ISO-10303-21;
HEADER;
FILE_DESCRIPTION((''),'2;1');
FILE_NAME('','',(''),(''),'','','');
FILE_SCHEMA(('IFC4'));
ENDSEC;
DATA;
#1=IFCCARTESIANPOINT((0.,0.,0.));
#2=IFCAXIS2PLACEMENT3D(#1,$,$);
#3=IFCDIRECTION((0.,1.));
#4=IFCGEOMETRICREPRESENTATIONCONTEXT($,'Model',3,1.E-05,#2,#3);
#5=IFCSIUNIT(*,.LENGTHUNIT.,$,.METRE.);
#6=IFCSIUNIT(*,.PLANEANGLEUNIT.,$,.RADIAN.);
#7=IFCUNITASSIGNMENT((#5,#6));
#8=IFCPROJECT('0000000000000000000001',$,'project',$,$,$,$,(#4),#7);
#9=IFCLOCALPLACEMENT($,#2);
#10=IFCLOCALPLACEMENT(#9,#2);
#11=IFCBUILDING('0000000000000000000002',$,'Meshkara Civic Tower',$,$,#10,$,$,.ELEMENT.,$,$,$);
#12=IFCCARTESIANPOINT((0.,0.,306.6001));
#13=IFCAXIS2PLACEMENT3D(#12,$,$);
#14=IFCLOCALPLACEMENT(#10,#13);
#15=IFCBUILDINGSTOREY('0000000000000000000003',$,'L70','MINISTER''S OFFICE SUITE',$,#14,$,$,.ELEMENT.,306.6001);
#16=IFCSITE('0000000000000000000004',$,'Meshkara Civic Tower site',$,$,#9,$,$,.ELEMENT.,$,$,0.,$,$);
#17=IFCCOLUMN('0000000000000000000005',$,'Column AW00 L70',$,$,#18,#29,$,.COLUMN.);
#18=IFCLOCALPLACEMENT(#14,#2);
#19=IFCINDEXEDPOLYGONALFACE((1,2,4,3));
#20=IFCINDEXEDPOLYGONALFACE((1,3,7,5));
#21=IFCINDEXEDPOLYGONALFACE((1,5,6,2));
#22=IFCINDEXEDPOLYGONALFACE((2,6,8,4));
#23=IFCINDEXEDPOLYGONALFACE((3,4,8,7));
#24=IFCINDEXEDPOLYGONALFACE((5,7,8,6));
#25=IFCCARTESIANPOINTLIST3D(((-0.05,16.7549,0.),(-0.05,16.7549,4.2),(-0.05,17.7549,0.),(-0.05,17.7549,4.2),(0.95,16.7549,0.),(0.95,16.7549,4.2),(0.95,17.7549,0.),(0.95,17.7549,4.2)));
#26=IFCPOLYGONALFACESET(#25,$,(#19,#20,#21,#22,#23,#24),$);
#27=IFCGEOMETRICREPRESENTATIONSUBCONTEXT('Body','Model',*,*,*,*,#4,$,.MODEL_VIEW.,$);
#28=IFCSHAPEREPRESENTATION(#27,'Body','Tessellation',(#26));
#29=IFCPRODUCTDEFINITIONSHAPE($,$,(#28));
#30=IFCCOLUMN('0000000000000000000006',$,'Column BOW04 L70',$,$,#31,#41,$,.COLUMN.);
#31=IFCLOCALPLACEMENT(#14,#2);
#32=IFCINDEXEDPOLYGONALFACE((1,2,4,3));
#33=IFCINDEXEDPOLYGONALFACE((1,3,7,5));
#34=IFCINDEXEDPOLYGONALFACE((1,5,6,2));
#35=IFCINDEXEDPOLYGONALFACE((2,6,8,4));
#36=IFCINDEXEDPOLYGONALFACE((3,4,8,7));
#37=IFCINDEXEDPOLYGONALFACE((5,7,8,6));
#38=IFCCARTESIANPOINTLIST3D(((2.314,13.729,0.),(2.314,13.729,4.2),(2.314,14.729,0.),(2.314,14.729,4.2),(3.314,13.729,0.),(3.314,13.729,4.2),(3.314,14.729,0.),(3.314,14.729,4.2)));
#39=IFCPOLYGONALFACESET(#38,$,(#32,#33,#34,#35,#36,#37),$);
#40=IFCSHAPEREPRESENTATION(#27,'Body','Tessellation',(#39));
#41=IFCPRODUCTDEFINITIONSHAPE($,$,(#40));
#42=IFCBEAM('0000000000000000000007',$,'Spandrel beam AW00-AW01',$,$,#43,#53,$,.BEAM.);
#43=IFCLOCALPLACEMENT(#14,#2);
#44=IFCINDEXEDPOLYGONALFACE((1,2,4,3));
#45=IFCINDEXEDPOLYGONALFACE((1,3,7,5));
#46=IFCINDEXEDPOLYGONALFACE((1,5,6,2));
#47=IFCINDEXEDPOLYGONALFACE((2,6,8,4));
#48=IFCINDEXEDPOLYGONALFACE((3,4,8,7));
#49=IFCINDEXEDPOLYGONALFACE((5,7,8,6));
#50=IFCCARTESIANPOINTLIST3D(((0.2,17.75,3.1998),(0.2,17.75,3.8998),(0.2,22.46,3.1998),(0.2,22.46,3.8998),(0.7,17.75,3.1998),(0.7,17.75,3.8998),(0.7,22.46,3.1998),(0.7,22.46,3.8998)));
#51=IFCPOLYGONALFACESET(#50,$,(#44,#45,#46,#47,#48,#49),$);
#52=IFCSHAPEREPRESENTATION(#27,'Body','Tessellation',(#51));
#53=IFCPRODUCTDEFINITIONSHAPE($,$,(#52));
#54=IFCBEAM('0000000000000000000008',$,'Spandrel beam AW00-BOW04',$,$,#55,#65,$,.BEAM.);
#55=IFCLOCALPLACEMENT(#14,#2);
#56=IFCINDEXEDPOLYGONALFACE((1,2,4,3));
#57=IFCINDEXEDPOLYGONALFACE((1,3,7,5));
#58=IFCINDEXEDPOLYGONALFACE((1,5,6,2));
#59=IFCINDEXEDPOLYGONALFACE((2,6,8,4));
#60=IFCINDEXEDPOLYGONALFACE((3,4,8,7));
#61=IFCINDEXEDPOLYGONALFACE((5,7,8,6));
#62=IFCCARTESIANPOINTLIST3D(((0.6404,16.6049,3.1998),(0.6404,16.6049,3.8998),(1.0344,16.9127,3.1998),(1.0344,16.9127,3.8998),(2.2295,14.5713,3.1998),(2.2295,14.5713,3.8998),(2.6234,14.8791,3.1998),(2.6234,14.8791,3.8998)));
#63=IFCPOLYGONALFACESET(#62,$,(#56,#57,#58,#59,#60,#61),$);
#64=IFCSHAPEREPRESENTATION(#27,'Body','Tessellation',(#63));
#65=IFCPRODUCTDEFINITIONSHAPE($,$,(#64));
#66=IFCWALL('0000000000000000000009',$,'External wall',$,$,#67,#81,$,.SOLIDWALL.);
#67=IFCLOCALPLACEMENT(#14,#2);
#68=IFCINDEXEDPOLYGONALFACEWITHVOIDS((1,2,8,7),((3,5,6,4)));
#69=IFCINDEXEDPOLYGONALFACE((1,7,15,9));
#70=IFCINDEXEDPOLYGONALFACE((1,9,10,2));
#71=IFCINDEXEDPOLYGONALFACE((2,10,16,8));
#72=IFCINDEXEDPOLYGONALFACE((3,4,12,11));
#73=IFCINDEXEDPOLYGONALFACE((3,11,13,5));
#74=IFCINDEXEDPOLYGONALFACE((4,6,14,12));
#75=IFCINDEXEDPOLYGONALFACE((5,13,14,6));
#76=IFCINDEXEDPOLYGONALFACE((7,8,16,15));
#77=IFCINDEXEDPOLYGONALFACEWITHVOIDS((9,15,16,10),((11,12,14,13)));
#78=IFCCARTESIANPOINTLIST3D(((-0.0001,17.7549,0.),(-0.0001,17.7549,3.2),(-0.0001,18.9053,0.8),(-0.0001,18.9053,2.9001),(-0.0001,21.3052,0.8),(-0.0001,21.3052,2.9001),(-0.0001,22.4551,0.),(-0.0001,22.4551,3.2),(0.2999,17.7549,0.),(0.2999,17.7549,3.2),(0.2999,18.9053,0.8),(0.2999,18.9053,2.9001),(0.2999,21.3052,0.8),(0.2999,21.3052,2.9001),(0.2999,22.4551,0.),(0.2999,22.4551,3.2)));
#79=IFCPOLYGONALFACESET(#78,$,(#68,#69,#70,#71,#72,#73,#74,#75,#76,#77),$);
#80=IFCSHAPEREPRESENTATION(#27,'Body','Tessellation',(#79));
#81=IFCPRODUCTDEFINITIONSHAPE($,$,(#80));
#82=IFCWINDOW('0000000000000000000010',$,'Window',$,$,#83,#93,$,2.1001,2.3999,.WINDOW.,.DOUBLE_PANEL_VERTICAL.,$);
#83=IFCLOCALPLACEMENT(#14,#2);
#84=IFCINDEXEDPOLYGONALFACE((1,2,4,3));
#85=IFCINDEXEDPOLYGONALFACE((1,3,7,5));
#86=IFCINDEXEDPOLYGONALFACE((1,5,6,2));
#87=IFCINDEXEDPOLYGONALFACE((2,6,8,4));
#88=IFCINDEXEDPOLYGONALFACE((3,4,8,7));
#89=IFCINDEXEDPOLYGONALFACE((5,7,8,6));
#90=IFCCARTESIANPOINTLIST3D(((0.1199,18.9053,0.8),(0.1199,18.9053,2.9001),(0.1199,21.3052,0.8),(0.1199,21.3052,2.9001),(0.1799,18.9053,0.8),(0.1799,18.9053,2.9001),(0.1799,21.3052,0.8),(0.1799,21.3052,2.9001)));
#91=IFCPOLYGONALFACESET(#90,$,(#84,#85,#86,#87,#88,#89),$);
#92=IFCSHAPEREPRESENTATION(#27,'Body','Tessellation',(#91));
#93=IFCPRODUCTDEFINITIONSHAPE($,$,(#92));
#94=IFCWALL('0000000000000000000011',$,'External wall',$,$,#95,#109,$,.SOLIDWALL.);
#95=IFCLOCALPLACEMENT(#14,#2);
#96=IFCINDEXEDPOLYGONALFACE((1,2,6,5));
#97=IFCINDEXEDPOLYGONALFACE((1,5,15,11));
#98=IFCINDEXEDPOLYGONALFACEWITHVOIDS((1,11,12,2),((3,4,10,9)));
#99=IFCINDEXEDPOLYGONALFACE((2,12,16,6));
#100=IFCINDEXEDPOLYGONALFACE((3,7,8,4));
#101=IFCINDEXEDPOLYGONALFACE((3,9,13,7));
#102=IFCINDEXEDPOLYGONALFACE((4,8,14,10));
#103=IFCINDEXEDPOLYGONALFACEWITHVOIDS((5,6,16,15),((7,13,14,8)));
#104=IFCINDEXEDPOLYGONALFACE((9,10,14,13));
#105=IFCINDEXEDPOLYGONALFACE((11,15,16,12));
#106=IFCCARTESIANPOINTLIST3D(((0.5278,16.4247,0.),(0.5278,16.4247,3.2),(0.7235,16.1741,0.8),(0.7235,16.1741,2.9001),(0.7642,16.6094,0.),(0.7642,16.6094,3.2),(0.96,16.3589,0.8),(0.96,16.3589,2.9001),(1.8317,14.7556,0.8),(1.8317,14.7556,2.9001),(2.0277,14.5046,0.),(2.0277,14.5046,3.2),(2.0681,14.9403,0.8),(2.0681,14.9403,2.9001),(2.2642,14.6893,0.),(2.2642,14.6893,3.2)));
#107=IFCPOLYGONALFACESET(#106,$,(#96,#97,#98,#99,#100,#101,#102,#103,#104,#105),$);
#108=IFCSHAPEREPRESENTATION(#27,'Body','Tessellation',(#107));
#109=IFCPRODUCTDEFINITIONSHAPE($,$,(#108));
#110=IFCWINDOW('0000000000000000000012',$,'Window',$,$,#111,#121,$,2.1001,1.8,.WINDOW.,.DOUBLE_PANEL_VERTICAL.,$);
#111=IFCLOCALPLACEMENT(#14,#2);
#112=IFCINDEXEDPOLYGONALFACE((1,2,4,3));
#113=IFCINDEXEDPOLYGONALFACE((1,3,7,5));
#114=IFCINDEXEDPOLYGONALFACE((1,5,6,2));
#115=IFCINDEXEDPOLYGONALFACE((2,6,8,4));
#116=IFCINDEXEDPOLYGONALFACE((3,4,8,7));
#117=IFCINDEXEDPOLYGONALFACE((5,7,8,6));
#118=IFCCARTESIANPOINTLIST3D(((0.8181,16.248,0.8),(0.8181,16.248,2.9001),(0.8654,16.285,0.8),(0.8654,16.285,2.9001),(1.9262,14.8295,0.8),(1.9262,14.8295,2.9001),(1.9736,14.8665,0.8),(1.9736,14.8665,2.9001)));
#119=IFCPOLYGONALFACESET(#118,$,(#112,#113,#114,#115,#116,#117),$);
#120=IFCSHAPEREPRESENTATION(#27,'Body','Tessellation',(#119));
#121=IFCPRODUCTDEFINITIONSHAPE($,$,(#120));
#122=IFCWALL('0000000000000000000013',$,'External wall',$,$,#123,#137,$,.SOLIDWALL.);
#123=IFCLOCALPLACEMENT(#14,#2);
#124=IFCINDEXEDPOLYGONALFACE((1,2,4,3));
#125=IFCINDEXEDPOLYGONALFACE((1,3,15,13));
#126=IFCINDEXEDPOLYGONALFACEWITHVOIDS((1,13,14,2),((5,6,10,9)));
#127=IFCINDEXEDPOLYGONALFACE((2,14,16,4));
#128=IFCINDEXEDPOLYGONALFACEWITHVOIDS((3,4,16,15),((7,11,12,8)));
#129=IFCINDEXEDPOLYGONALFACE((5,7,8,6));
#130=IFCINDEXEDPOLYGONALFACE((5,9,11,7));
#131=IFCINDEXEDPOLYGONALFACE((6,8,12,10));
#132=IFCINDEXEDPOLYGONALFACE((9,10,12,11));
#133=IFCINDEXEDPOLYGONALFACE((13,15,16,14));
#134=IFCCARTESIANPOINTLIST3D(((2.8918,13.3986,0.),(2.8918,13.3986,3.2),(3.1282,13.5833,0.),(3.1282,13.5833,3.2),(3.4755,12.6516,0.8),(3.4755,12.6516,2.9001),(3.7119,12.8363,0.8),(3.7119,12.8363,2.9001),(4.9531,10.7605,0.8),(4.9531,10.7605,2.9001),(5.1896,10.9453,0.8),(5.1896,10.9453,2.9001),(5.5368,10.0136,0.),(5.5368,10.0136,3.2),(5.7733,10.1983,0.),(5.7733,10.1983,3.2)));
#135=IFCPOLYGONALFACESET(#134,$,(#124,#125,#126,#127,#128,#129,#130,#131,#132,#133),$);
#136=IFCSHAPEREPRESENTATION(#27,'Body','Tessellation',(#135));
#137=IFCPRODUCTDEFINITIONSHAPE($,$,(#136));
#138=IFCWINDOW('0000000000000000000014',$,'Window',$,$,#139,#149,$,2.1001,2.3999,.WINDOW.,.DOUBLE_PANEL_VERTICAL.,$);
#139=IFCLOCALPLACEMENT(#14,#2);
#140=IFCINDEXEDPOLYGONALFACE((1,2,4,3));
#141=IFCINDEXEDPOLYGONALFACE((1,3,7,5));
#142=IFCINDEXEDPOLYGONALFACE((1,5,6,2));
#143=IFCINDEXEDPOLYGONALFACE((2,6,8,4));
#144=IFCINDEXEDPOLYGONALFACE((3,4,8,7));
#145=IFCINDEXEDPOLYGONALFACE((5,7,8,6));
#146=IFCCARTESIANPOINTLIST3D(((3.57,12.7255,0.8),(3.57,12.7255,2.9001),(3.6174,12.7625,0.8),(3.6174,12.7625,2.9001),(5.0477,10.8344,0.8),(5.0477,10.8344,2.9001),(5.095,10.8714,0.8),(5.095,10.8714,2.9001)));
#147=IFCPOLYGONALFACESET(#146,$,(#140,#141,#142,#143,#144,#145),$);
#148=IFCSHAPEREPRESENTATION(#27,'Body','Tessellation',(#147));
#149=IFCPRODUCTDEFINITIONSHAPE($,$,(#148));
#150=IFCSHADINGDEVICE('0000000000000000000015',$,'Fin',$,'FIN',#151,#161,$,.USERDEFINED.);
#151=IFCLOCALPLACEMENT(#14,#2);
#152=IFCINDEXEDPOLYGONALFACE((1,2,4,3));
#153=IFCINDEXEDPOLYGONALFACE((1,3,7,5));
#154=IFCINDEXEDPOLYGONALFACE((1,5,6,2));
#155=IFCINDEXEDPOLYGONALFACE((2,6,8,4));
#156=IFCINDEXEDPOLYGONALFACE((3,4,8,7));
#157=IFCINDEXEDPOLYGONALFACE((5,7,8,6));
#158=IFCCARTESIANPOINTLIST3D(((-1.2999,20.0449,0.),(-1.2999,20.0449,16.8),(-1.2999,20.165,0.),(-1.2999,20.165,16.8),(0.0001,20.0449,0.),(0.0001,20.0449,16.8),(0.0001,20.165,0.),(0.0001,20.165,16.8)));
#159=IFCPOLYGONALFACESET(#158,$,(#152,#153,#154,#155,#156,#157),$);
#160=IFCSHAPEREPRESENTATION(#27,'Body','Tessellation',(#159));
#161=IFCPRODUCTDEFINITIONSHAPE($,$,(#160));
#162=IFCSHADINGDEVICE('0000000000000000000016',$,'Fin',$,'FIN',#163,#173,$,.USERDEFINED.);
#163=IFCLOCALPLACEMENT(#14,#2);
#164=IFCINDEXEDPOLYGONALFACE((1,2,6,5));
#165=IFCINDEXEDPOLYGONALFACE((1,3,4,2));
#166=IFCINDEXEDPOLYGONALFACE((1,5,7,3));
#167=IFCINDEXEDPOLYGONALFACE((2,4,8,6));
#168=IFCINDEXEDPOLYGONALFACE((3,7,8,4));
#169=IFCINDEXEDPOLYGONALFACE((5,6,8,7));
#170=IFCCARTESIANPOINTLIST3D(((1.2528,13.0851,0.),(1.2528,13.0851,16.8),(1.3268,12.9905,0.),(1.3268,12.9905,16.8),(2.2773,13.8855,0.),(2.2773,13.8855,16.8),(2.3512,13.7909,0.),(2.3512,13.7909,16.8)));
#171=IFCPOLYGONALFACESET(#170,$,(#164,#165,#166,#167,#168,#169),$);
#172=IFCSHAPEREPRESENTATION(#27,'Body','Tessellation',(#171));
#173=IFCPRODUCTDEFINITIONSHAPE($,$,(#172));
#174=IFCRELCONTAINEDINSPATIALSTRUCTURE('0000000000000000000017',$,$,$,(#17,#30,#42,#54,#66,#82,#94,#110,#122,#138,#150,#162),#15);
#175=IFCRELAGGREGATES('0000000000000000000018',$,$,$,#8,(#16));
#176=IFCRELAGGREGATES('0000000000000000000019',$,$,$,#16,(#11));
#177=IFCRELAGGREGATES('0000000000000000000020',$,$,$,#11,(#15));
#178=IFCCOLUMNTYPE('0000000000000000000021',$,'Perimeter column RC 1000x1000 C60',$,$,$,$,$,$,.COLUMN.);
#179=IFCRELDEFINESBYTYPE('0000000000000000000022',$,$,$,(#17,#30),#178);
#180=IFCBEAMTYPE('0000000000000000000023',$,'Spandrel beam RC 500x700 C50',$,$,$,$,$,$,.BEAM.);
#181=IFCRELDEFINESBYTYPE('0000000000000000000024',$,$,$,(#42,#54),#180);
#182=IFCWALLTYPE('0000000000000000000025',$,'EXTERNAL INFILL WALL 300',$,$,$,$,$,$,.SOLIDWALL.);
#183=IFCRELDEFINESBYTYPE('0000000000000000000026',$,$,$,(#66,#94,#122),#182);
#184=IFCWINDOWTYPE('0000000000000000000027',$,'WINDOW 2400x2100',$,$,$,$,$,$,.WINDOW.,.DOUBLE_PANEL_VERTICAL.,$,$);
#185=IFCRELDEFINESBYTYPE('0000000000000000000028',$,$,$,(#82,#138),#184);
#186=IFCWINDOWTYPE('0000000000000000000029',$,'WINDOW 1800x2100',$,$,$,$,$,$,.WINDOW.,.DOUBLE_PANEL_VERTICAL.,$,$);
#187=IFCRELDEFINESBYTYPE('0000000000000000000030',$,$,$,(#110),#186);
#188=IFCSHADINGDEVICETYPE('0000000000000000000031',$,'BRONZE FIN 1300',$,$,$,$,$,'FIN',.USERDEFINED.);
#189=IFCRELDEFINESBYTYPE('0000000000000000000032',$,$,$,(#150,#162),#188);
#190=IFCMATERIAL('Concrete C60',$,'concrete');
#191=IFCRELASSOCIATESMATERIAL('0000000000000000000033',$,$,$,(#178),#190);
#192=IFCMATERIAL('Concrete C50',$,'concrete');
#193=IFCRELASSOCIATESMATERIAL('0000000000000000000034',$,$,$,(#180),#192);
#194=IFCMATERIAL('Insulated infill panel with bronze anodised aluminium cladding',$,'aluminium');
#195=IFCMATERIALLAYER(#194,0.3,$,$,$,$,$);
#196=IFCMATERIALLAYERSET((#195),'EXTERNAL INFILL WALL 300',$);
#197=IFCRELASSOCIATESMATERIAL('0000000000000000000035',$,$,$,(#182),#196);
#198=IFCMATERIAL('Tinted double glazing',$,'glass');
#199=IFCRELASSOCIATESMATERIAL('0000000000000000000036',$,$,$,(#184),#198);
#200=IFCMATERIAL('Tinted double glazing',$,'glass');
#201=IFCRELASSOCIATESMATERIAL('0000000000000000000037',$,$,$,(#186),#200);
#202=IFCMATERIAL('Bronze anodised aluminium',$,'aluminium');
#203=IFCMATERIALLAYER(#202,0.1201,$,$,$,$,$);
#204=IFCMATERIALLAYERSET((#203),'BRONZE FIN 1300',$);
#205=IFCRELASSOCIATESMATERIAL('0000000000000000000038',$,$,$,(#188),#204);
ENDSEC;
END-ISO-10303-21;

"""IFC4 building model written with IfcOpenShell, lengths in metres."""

from ifc_helpers import new_model, si_unit, direction, frame, frame_2d, origin, origin_2d, place, context, subcontext, project, spatial, rectangle, extrude, material, layer, layer_set, material_profile, profile_set, type_object, element, fill, save


model = new_model("IFC4")

# Units and contexts
model_context = context("Model", 3, precision=1e-05, world=origin(), true_north=direction((0.0, 1.0)))
body_context = subcontext(model_context, "Body", "Model", "MODEL_VIEW")
ifc_project = project(units=[si_unit("LENGTHUNIT", "METRE"), si_unit("PLANEANGLEUNIT", "RADIAN")], contexts=[model_context])

# Site, building, storey
site_placement = place(None, origin())
site = spatial("IfcSite", under=ifc_project, at=site_placement, Name="Meshkara Civic Tower site", CompositionType="ELEMENT", RefElevation=0.0)
building_placement = place(site_placement, origin())
building = spatial("IfcBuilding", under=site, at=building_placement, Name="Meshkara Civic Tower", CompositionType="ELEMENT")
storey_placement = place(building_placement, frame((0.0, 0.0, 306.6001)))
storey = spatial("IfcBuildingStorey", under=building, at=storey_placement, Name="L70", Description="MINISTER'S OFFICE SUITE", CompositionType="ELEMENT", Elevation=306.6001)

# Columns
ifc_material_1 = material(Name="Concrete C60", Category="concrete")
ifc_material_profile_1 = material_profile(ifc_material_1, rectangle(XDim=1.0, YDim=1.0, at=origin_2d()))
ifc_profile_set_1 = profile_set([ifc_material_profile_1], Name="Concrete C60")
column_type = type_object("IfcColumnType", Name="Perimeter column RC 1000x1000 C60", PredefinedType="COLUMN", material=ifc_profile_set_1)
for number, where, z_axis, x_axis, name in (
    (1, (0.45, 17.2549, 0.0), (0.0, 0.0, 1.0), (1.0, 0.0, 0.0), "Column AW00 L70"),
    (2, (2.814, 14.229, 0.0), (0.0, 0.0, 1.0), (1.0, 0.0, 0.0), "Column BOW04 L70"),
):
    element("IfcColumn", number, at=place(storey_placement, frame(where, z_axis=z_axis, x_axis=x_axis)), inside=storey, type_object=column_type, Name=name, PredefinedType="COLUMN", context=body_context, shape_type="SweptSolid", body=[
        extrude(rectangle(XDim=1.0, YDim=1.0, at=origin_2d()), origin(), (0.0, 0.0, 1.0), 4.2),
    ])

# Beams
ifc_material_2 = material(Name="Concrete C50", Category="concrete")
ifc_material_profile_2 = material_profile(ifc_material_2, rectangle(XDim=0.5, YDim=0.7, at=origin_2d()))
ifc_profile_set_2 = profile_set([ifc_material_profile_2], Name="Concrete C50")
beam_type = type_object("IfcBeamType", Name="Spandrel beam RC 500x700 C50", PredefinedType="BEAM", material=ifc_profile_set_2)
beam_1_placement = place(storey_placement, frame((0.45, 22.46, 3.5498), z_axis=(0.0, -1.0, 0.0), x_axis=(1.0, 0.0, 0.0)))
element("IfcBeam", 3, at=beam_1_placement, inside=storey, type_object=beam_type, Name="Spandrel beam AW00-AW01", PredefinedType="BEAM", context=body_context, shape_type="SweptSolid", body=[
    extrude(rectangle(XDim=0.5, YDim=0.7, at=origin_2d()), origin(), (0.0, 0.0, 1.0), 4.71),
])
beam_2_placement = place(storey_placement, frame((0.8374, 16.7588, 3.5498), z_axis=(0.615714, -0.78797, 0.0), x_axis=(0.78797, 0.615714, 0.0)))
element("IfcBeam", 4, at=beam_2_placement, inside=storey, type_object=beam_type, Name="Spandrel beam AW00-BOW04", PredefinedType="BEAM", context=body_context, shape_type="SweptSolid", body=[
    extrude(rectangle(XDim=0.5, YDim=0.7, at=origin_2d()), origin(), (0.0, 0.0, 1.0), 2.5808),
])

# Walls, openings, windows
ifc_material_3 = material(Name="Insulated infill panel with bronze anodised aluminium cladding", Category="aluminium")
ifc_layer_1 = layer(ifc_material_3, 0.3)
ifc_layer_set_1 = layer_set([ifc_layer_1], Name="EXTERNAL INFILL WALL 300")
wall_type = type_object("IfcWallType", Name="EXTERNAL INFILL WALL 300", PredefinedType="SOLIDWALL", material=ifc_layer_set_1)
wall_1_placement = place(storey_placement, frame((0.1499, 22.4551, 0.0), z_axis=(0.0, 0.0, 1.0), x_axis=(0.0, -1.0, 0.0)))
wall_1 = element("IfcWall", 5, at=wall_1_placement, inside=storey, type_object=wall_type, Name="External wall", PredefinedType="SOLIDWALL", context=body_context, shape_type="SweptSolid", body=[
    extrude(rectangle(XDim=4.7002, YDim=0.3, at=frame_2d((2.3501, 0.0))), origin(), (0.0, 0.0, 1.0), 3.2),
])
opening_1_placement = place(wall_1_placement, frame((1.1499, 0.0, 0.8)))
opening_1 = element("IfcOpeningElement", 6, at=opening_1_placement, cuts=wall_1, PredefinedType="OPENING", context=body_context, shape_type="SweptSolid", body=[
    extrude(rectangle(XDim=2.3999, YDim=2.1001, at=frame_2d((1.2, 1.05))), frame((0.0, 0.1599, 0.0), z_axis=(0.0, -1.0, 0.0), x_axis=(1.0, 0.0, 0.0)), (0.0, 0.0, 1.0), 0.3201),
])
ifc_material_4 = material(Name="Tinted double glazing", Category="glass")
window_type_1 = type_object("IfcWindowType", Name="WINDOW 2400x2100", PartitioningType="DOUBLE_PANEL_VERTICAL", PredefinedType="WINDOW", material=ifc_material_4)
window_1_placement = place(opening_1_placement, origin())
window_1 = element("IfcWindow", 7, at=window_1_placement, inside=storey, type_object=window_type_1, Name="Window", OverallHeight=2.1001, OverallWidth=2.3999, PartitioningType="DOUBLE_PANEL_VERTICAL", PredefinedType="WINDOW", context=body_context, shape_type="SweptSolid", body=[
    extrude(rectangle(XDim=2.3999, YDim=2.1001, at=frame_2d((1.2, 1.05))), frame((0.0, 0.03, 0.0), z_axis=(0.0, -1.0, 0.0), x_axis=(1.0, 0.0, 0.0)), (0.0, 0.0, 1.0), 0.0601),
])
fill(opening_1, window_1)
wall_2_placement = place(storey_placement, frame((0.646, 16.5171, 0.0), z_axis=(0.0, 0.0, 1.0), x_axis=(0.615611, -0.78805, 0.0)))
wall_2 = element("IfcWall", 8, at=wall_2_placement, inside=storey, type_object=wall_type, Name="External wall", PredefinedType="SOLIDWALL", context=body_context, shape_type="SweptSolid", body=[
    extrude(rectangle(XDim=2.4365, YDim=0.3, at=frame_2d((1.2183, 0.0))), origin(), (0.0, 0.0, 1.0), 3.2),
])
opening_2_placement = place(wall_2_placement, frame((0.3181, 0.0, 0.8)))
opening_2 = element("IfcOpeningElement", 9, at=opening_2_placement, cuts=wall_2, PredefinedType="OPENING", context=body_context, shape_type="SweptSolid", body=[
    extrude(rectangle(XDim=1.8, YDim=2.1001, at=frame_2d((0.8999, 1.05))), frame((0.0, 0.1599, 0.0), z_axis=(0.0, -1.0, 0.0), x_axis=(1.0, 0.0, 0.0)), (0.0, 0.0, 1.0), 0.3201),
])
ifc_material_5 = material(Name="Tinted double glazing", Category="glass")
window_type_2 = type_object("IfcWindowType", Name="WINDOW 1800x2100", PartitioningType="DOUBLE_PANEL_VERTICAL", PredefinedType="WINDOW", material=ifc_material_5)
window_2_placement = place(opening_2_placement, origin())
window_2 = element("IfcWindow", 10, at=window_2_placement, inside=storey, type_object=window_type_2, Name="Window", OverallHeight=2.1001, OverallWidth=1.8, PartitioningType="DOUBLE_PANEL_VERTICAL", PredefinedType="WINDOW", context=body_context, shape_type="SweptSolid", body=[
    extrude(rectangle(XDim=1.8, YDim=2.1001, at=frame_2d((0.8999, 1.05))), frame((0.0, 0.03, 0.0), z_axis=(0.0, -1.0, 0.0), x_axis=(1.0, 0.0, 0.0)), (0.0, 0.0, 1.0), 0.0601),
])
fill(opening_2, window_2)
wall_3_placement = place(storey_placement, frame((3.01, 13.491, 0.0), z_axis=(0.0, 0.0, 1.0), x_axis=(0.615714, -0.78797, 0.0)))
wall_3 = element("IfcWall", 11, at=wall_3_placement, inside=storey, type_object=wall_type, Name="External wall", PredefinedType="SOLIDWALL", context=body_context, shape_type="SweptSolid", body=[
    extrude(rectangle(XDim=4.2959, YDim=0.3, at=frame_2d((2.1479, 0.0))), origin(), (0.0, 0.0, 1.0), 3.2),
])
opening_3_placement = place(wall_3_placement, frame((0.948, 0.0, 0.8)))
opening_3 = element("IfcOpeningElement", 12, at=opening_3_placement, cuts=wall_3, PredefinedType="OPENING", context=body_context, shape_type="SweptSolid", body=[
    extrude(rectangle(XDim=2.3999, YDim=2.1001, at=frame_2d((1.2, 1.05))), frame((0.0, 0.1599, 0.0), z_axis=(0.0, -1.0, 0.0), x_axis=(1.0, 0.0, 0.0)), (0.0, 0.0, 1.0), 0.3201),
])
window_3_placement = place(opening_3_placement, origin())
window_3 = element("IfcWindow", 13, at=window_3_placement, inside=storey, type_object=window_type_1, Name="Window", OverallHeight=2.1001, OverallWidth=2.3999, PartitioningType="DOUBLE_PANEL_VERTICAL", PredefinedType="WINDOW", context=body_context, shape_type="SweptSolid", body=[
    extrude(rectangle(XDim=2.3999, YDim=2.1001, at=frame_2d((1.2, 1.05))), frame((0.0, 0.03, 0.0), z_axis=(0.0, -1.0, 0.0), x_axis=(1.0, 0.0, 0.0)), (0.0, 0.0, 1.0), 0.0601),
])
fill(opening_3, window_3)

# Shading devices
ifc_material_6 = material(Name="Bronze anodised aluminium", Category="aluminium")
ifc_layer_2 = layer(ifc_material_6, 0.1201)
ifc_layer_set_2 = layer_set([ifc_layer_2], Name="BRONZE FIN 1300")
shading_device_type = type_object("IfcShadingDeviceType", Name="BRONZE FIN 1300", ElementType="FIN", PredefinedType="USERDEFINED", material=ifc_layer_set_2)
for number, where, z_axis, x_axis, name in (
    (14, (-0.6499, 20.105, 0.0), (0.0, 0.0, 1.0), (0.0, -1.0, 0.0), "Fin"),
    (15, (1.802, 13.438, 0.0), (0.0, 0.0, 1.0), (0.615661, -0.788011, 0.0), "Fin"),
):
    element("IfcShadingDevice", number, at=place(storey_placement, frame(where, z_axis=z_axis, x_axis=x_axis)), inside=storey, type_object=shading_device_type, Name=name, ObjectType="FIN", PredefinedType="USERDEFINED", context=body_context, shape_type="SweptSolid", body=[
        extrude(rectangle(XDim=0.1201, YDim=1.3, at=origin_2d()), origin(), (0.0, 0.0, 1.0), 16.8),
    ])

save(model, "model.ifc")
